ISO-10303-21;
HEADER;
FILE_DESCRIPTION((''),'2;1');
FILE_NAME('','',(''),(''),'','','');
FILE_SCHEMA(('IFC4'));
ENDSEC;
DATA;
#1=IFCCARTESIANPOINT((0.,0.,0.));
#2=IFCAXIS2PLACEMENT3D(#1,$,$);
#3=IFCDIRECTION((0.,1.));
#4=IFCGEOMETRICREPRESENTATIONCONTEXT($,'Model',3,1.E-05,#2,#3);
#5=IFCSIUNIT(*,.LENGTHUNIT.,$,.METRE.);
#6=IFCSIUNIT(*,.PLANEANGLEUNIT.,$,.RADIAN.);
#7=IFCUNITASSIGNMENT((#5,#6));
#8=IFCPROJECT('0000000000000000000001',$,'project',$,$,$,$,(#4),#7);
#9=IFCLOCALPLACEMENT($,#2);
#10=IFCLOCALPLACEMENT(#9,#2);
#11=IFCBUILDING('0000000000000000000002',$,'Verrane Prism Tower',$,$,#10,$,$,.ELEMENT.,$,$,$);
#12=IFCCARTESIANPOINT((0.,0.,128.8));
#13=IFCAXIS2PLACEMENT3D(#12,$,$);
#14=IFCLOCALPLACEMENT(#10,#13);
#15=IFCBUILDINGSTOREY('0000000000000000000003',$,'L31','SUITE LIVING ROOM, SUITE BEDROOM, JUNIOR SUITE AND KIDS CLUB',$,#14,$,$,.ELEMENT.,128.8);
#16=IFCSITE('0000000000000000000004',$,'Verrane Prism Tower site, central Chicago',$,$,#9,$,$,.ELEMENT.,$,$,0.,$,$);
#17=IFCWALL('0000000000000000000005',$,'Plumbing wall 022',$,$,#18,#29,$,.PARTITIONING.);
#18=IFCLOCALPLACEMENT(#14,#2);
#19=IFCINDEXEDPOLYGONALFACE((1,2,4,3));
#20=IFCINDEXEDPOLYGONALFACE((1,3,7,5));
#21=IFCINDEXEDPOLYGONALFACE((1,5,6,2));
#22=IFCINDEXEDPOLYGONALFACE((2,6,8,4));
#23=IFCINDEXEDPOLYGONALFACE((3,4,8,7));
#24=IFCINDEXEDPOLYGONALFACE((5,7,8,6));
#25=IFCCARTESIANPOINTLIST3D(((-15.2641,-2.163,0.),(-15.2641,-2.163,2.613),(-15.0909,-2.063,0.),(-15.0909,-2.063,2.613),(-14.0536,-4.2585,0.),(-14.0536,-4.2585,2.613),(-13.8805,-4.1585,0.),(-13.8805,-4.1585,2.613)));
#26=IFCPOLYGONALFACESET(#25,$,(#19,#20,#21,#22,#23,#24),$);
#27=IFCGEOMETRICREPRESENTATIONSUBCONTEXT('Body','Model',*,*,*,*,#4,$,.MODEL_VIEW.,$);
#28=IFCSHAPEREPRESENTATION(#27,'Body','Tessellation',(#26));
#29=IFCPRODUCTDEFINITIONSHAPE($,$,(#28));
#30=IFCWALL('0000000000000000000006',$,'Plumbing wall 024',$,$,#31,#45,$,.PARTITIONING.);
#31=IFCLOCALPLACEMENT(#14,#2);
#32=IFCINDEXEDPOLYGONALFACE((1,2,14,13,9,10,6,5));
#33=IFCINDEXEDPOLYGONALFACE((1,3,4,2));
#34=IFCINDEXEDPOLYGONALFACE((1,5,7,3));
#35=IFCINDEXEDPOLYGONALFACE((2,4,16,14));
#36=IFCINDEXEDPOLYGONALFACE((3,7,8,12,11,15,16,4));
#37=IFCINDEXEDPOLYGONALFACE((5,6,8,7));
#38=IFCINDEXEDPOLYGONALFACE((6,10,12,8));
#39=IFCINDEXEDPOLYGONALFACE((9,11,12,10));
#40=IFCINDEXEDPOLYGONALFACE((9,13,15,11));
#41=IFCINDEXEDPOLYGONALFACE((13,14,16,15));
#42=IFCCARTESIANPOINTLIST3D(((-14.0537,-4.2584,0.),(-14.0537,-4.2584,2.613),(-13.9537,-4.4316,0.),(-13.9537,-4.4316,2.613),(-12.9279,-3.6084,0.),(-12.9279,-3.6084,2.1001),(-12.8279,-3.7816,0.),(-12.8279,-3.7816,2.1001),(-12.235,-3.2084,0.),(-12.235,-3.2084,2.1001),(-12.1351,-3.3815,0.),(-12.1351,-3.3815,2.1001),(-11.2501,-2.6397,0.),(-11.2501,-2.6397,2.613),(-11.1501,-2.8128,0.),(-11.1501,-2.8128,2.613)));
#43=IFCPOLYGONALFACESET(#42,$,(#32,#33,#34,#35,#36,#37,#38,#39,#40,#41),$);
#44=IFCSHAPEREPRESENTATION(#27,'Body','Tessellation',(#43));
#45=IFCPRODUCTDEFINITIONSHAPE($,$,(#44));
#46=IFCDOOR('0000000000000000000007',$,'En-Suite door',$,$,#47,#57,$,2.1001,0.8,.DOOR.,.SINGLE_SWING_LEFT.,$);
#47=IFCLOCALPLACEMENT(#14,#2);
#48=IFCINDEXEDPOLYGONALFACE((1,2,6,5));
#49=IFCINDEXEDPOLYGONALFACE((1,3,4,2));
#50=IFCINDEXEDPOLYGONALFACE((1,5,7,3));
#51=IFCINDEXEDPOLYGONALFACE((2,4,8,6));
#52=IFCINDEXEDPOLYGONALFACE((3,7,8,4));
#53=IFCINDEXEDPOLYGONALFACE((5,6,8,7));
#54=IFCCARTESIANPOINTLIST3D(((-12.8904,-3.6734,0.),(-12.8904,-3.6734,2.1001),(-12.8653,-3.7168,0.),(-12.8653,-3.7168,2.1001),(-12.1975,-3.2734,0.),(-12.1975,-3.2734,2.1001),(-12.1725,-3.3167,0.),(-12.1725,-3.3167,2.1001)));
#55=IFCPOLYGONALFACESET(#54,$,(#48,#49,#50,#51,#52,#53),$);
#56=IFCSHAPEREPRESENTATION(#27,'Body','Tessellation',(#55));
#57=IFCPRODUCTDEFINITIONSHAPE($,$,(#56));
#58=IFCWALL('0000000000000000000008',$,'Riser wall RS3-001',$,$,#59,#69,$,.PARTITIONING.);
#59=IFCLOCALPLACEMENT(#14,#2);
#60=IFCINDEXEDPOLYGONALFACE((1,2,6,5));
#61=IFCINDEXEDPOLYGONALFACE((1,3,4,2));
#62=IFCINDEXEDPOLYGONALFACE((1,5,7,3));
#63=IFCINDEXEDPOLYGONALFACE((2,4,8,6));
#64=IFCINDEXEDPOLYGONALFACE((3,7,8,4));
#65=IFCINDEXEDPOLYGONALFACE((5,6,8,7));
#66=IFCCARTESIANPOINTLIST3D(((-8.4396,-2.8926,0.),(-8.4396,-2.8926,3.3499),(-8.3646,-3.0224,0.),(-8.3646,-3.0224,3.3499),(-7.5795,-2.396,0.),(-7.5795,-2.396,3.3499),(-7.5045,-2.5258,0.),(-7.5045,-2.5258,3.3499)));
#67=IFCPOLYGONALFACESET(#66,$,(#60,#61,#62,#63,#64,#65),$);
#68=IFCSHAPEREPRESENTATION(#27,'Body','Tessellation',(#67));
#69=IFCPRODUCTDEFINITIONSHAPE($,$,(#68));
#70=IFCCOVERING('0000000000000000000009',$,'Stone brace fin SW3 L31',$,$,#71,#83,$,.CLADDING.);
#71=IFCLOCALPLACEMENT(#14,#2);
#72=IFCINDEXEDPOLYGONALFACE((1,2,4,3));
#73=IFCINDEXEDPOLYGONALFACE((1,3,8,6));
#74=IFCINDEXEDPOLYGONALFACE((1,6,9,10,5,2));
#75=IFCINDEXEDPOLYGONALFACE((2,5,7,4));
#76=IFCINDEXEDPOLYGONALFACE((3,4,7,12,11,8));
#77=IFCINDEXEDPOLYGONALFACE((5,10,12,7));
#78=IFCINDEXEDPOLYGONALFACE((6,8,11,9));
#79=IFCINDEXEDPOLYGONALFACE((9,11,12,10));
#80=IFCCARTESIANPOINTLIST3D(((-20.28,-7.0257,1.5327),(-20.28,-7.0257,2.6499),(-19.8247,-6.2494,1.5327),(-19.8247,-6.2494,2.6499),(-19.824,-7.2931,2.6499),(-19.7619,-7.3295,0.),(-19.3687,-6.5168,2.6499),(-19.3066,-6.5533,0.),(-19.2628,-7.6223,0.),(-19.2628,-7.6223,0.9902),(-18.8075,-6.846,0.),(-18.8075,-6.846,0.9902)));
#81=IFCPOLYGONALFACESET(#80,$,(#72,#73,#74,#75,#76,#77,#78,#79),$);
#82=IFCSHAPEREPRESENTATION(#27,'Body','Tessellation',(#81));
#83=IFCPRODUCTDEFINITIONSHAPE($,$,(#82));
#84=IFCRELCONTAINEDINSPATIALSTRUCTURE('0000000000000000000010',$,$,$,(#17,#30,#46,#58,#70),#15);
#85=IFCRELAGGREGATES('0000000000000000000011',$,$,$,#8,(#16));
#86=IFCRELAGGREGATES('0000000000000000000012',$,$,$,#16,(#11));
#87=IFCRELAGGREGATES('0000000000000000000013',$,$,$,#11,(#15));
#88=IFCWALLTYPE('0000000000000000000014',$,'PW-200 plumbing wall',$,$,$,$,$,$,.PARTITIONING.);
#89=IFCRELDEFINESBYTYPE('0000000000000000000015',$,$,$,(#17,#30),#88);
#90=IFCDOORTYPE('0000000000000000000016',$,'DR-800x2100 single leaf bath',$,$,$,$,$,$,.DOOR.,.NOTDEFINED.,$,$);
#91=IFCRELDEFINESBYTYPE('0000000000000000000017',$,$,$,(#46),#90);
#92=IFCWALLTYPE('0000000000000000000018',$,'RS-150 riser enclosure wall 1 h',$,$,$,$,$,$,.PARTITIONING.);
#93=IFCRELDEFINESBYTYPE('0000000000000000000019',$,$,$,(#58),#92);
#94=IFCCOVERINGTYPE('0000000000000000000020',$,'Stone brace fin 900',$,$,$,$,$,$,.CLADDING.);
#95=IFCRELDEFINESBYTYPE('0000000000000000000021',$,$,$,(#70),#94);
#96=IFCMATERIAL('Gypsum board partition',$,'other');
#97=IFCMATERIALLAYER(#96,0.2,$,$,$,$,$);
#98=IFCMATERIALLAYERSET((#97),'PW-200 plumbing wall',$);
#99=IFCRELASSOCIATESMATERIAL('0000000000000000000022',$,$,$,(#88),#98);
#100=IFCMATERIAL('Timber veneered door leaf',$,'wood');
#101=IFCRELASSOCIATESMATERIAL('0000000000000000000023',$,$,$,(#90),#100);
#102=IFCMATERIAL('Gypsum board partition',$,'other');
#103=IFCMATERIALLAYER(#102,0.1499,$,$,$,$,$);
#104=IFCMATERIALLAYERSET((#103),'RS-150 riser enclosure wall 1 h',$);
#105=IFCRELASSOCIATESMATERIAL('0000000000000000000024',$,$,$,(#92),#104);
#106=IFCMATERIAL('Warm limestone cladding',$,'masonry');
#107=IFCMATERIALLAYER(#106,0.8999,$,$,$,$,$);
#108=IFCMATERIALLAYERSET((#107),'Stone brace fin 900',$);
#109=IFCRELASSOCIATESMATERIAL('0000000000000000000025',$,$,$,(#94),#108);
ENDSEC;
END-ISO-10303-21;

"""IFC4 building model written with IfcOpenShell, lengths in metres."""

from ifc_helpers import new_model, si_unit, direction, frame, frame_2d, origin, place, context, subcontext, project, spatial, polyline, rectangle, outline, extrude, material, layer, layer_set, type_object, element, fill, save


model = new_model("IFC4")

# Units and contexts
model_context = context("Model", 3, precision=1e-05, world=origin(), true_north=direction((0.0, 1.0)))
body_context = subcontext(model_context, "Body", "Model", "MODEL_VIEW")
ifc_project = project(units=[si_unit("LENGTHUNIT", "METRE"), si_unit("PLANEANGLEUNIT", "RADIAN")], contexts=[model_context])

# Site, building, storey
site_placement = place(None, origin())
site = spatial("IfcSite", under=ifc_project, at=site_placement, Name="Verrane Prism Tower site, central Chicago", CompositionType="ELEMENT", RefElevation=0.0)
building_placement = place(site_placement, origin())
building = spatial("IfcBuilding", under=site, at=building_placement, Name="Verrane Prism Tower", CompositionType="ELEMENT")
storey_placement = place(building_placement, frame((0.0, 0.0, 128.8)))
storey = spatial("IfcBuildingStorey", under=building, at=storey_placement, Name="L31", Description="SUITE LIVING ROOM, SUITE BEDROOM, JUNIOR SUITE AND KIDS CLUB", CompositionType="ELEMENT", Elevation=128.8)

# Wall
ifc_material_1 = material(Name="Gypsum board partition", Category="other")
ifc_layer_1 = layer(ifc_material_1, 0.2)
ifc_layer_set_1 = layer_set([ifc_layer_1], Name="PW-200 plumbing wall")
wall_type_1 = type_object("IfcWallType", Name="PW-200 plumbing wall", PredefinedType="PARTITIONING", material=ifc_layer_set_1)
wall_1_placement = place(storey_placement, frame((-15.1775, -2.113, 0.0), z_axis=(0.0, 0.0, 1.0), x_axis=(0.500197, -0.865912, 0.0)))
element("IfcWall", 1, at=wall_1_placement, inside=storey, type_object=wall_type_1, Name="Plumbing wall 022", PredefinedType="PARTITIONING", context=body_context, shape_type="SweptSolid", body=[
    extrude(rectangle(XDim=2.4199, YDim=0.2, at=frame_2d((1.21, 0.0))), origin(), (0.0, 0.0, 1.0), 2.613),
])

# Wall, opening, door
wall_2_placement = place(storey_placement, frame((-14.0037, -4.345, 0.0), z_axis=(0.0, 0.0, 1.0), x_axis=(0.866016, 0.500016, 0.0)))
wall_2 = element("IfcWall", 2, at=wall_2_placement, inside=storey, type_object=wall_type_1, Name="Plumbing wall 024", PredefinedType="PARTITIONING", context=body_context, shape_type="SweptSolid", body=[
    extrude(rectangle(XDim=3.2373, YDim=0.2, at=frame_2d((1.6187, 0.0))), origin(), (0.0, 0.0, 1.0), 2.613),
])
opening_1_placement = place(wall_2_placement, frame((1.3, 0.0, 0.0)))
opening_1 = element("IfcOpeningElement", 3, at=opening_1_placement, cuts=wall_2, PredefinedType="OPENING", context=body_context, shape_type="SweptSolid", body=[
    extrude(rectangle(XDim=0.8, YDim=2.1001, at=frame_2d((0.3999, 1.05))), frame((0.0, 0.1099, 0.0), z_axis=(0.0, -1.0, 0.0), x_axis=(1.0, 0.0, 0.0)), (0.0, 0.0, 1.0), 0.22),
])
ifc_material_2 = material(Name="Timber veneered door leaf", Category="wood")
door_type_1 = type_object("IfcDoorType", Name="DR-800x2100 single leaf bath", OperationType="NOTDEFINED", PredefinedType="DOOR", material=ifc_material_2)
door_1_placement = place(opening_1_placement, origin())
door_1 = element("IfcDoor", 4, at=door_1_placement, inside=storey, type_object=door_type_1, Name="En-Suite door", OperationType="SINGLE_SWING_LEFT", OverallHeight=2.1001, OverallWidth=0.8, PredefinedType="DOOR", context=body_context, shape_type="SweptSolid", body=[
    extrude(rectangle(XDim=0.8, YDim=2.1001, at=frame_2d((0.3999, 1.05))), frame((0.0, 0.0249, 0.0), z_axis=(0.0, -1.0, 0.0), x_axis=(1.0, 0.0, 0.0)), (0.0, 0.0, 1.0), 0.05),
])
fill(opening_1, door_1)

# Wall
ifc_material_3 = material(Name="Gypsum board partition", Category="other")
ifc_layer_2 = layer(ifc_material_3, 0.1499)
ifc_layer_set_2 = layer_set([ifc_layer_2], Name="RS-150 riser enclosure wall 1 h")
wall_type_2 = type_object("IfcWallType", Name="RS-150 riser enclosure wall 1 h", PredefinedType="PARTITIONING", material=ifc_layer_set_2)
wall_3_placement = place(storey_placement, frame((-8.4021, -2.9575, 0.0), z_axis=(0.0, 0.0, 1.0), x_axis=(0.866026, 0.499999, 0.0)))
element("IfcWall", 5, at=wall_3_placement, inside=storey, type_object=wall_type_2, Name="Riser wall RS3-001", PredefinedType="PARTITIONING", context=body_context, shape_type="SweptSolid", body=[
    extrude(rectangle(XDim=0.9932, YDim=0.1499, at=frame_2d((0.4966, 0.0))), origin(), (0.0, 0.0, 1.0), 3.3499),
])

# Covering
ifc_material_4 = material(Name="Warm limestone cladding", Category="masonry")
ifc_layer_3 = layer(ifc_material_4, 0.8999)
ifc_layer_set_3 = layer_set([ifc_layer_3], Name="Stone brace fin 900")
covering_type = type_object("IfcCoveringType", Name="Stone brace fin 900", PredefinedType="CLADDING", material=ifc_layer_set_3)
covering_placement = place(storey_placement, frame((-19.0352, -7.2341, 0.0), z_axis=(0.0, 0.0, 1.0), x_axis=(-0.862583, 0.505916, 0.0)))
element("IfcCovering", 6, at=covering_placement, inside=storey, type_object=covering_type, Name="Stone brace fin SW3 L31", PredefinedType="CLADDING", context=body_context, shape_type="SweptSolid", body=[
    extrude(outline(polyline([(1.1792, 2.6499), (0.6506, 2.6499), (0.0, 0.9902), (0.0, 0.0), (0.5786, 0.0), (1.1792, 1.5327), (1.1792, 2.6499)])), frame((0.0, 0.45, 0.0), z_axis=(0.0, -1.0, 0.0), x_axis=(1.0, 0.0, 0.0)), (0.0, 0.0, 1.0), 0.8999),
])

save(model, "model.ifc")
